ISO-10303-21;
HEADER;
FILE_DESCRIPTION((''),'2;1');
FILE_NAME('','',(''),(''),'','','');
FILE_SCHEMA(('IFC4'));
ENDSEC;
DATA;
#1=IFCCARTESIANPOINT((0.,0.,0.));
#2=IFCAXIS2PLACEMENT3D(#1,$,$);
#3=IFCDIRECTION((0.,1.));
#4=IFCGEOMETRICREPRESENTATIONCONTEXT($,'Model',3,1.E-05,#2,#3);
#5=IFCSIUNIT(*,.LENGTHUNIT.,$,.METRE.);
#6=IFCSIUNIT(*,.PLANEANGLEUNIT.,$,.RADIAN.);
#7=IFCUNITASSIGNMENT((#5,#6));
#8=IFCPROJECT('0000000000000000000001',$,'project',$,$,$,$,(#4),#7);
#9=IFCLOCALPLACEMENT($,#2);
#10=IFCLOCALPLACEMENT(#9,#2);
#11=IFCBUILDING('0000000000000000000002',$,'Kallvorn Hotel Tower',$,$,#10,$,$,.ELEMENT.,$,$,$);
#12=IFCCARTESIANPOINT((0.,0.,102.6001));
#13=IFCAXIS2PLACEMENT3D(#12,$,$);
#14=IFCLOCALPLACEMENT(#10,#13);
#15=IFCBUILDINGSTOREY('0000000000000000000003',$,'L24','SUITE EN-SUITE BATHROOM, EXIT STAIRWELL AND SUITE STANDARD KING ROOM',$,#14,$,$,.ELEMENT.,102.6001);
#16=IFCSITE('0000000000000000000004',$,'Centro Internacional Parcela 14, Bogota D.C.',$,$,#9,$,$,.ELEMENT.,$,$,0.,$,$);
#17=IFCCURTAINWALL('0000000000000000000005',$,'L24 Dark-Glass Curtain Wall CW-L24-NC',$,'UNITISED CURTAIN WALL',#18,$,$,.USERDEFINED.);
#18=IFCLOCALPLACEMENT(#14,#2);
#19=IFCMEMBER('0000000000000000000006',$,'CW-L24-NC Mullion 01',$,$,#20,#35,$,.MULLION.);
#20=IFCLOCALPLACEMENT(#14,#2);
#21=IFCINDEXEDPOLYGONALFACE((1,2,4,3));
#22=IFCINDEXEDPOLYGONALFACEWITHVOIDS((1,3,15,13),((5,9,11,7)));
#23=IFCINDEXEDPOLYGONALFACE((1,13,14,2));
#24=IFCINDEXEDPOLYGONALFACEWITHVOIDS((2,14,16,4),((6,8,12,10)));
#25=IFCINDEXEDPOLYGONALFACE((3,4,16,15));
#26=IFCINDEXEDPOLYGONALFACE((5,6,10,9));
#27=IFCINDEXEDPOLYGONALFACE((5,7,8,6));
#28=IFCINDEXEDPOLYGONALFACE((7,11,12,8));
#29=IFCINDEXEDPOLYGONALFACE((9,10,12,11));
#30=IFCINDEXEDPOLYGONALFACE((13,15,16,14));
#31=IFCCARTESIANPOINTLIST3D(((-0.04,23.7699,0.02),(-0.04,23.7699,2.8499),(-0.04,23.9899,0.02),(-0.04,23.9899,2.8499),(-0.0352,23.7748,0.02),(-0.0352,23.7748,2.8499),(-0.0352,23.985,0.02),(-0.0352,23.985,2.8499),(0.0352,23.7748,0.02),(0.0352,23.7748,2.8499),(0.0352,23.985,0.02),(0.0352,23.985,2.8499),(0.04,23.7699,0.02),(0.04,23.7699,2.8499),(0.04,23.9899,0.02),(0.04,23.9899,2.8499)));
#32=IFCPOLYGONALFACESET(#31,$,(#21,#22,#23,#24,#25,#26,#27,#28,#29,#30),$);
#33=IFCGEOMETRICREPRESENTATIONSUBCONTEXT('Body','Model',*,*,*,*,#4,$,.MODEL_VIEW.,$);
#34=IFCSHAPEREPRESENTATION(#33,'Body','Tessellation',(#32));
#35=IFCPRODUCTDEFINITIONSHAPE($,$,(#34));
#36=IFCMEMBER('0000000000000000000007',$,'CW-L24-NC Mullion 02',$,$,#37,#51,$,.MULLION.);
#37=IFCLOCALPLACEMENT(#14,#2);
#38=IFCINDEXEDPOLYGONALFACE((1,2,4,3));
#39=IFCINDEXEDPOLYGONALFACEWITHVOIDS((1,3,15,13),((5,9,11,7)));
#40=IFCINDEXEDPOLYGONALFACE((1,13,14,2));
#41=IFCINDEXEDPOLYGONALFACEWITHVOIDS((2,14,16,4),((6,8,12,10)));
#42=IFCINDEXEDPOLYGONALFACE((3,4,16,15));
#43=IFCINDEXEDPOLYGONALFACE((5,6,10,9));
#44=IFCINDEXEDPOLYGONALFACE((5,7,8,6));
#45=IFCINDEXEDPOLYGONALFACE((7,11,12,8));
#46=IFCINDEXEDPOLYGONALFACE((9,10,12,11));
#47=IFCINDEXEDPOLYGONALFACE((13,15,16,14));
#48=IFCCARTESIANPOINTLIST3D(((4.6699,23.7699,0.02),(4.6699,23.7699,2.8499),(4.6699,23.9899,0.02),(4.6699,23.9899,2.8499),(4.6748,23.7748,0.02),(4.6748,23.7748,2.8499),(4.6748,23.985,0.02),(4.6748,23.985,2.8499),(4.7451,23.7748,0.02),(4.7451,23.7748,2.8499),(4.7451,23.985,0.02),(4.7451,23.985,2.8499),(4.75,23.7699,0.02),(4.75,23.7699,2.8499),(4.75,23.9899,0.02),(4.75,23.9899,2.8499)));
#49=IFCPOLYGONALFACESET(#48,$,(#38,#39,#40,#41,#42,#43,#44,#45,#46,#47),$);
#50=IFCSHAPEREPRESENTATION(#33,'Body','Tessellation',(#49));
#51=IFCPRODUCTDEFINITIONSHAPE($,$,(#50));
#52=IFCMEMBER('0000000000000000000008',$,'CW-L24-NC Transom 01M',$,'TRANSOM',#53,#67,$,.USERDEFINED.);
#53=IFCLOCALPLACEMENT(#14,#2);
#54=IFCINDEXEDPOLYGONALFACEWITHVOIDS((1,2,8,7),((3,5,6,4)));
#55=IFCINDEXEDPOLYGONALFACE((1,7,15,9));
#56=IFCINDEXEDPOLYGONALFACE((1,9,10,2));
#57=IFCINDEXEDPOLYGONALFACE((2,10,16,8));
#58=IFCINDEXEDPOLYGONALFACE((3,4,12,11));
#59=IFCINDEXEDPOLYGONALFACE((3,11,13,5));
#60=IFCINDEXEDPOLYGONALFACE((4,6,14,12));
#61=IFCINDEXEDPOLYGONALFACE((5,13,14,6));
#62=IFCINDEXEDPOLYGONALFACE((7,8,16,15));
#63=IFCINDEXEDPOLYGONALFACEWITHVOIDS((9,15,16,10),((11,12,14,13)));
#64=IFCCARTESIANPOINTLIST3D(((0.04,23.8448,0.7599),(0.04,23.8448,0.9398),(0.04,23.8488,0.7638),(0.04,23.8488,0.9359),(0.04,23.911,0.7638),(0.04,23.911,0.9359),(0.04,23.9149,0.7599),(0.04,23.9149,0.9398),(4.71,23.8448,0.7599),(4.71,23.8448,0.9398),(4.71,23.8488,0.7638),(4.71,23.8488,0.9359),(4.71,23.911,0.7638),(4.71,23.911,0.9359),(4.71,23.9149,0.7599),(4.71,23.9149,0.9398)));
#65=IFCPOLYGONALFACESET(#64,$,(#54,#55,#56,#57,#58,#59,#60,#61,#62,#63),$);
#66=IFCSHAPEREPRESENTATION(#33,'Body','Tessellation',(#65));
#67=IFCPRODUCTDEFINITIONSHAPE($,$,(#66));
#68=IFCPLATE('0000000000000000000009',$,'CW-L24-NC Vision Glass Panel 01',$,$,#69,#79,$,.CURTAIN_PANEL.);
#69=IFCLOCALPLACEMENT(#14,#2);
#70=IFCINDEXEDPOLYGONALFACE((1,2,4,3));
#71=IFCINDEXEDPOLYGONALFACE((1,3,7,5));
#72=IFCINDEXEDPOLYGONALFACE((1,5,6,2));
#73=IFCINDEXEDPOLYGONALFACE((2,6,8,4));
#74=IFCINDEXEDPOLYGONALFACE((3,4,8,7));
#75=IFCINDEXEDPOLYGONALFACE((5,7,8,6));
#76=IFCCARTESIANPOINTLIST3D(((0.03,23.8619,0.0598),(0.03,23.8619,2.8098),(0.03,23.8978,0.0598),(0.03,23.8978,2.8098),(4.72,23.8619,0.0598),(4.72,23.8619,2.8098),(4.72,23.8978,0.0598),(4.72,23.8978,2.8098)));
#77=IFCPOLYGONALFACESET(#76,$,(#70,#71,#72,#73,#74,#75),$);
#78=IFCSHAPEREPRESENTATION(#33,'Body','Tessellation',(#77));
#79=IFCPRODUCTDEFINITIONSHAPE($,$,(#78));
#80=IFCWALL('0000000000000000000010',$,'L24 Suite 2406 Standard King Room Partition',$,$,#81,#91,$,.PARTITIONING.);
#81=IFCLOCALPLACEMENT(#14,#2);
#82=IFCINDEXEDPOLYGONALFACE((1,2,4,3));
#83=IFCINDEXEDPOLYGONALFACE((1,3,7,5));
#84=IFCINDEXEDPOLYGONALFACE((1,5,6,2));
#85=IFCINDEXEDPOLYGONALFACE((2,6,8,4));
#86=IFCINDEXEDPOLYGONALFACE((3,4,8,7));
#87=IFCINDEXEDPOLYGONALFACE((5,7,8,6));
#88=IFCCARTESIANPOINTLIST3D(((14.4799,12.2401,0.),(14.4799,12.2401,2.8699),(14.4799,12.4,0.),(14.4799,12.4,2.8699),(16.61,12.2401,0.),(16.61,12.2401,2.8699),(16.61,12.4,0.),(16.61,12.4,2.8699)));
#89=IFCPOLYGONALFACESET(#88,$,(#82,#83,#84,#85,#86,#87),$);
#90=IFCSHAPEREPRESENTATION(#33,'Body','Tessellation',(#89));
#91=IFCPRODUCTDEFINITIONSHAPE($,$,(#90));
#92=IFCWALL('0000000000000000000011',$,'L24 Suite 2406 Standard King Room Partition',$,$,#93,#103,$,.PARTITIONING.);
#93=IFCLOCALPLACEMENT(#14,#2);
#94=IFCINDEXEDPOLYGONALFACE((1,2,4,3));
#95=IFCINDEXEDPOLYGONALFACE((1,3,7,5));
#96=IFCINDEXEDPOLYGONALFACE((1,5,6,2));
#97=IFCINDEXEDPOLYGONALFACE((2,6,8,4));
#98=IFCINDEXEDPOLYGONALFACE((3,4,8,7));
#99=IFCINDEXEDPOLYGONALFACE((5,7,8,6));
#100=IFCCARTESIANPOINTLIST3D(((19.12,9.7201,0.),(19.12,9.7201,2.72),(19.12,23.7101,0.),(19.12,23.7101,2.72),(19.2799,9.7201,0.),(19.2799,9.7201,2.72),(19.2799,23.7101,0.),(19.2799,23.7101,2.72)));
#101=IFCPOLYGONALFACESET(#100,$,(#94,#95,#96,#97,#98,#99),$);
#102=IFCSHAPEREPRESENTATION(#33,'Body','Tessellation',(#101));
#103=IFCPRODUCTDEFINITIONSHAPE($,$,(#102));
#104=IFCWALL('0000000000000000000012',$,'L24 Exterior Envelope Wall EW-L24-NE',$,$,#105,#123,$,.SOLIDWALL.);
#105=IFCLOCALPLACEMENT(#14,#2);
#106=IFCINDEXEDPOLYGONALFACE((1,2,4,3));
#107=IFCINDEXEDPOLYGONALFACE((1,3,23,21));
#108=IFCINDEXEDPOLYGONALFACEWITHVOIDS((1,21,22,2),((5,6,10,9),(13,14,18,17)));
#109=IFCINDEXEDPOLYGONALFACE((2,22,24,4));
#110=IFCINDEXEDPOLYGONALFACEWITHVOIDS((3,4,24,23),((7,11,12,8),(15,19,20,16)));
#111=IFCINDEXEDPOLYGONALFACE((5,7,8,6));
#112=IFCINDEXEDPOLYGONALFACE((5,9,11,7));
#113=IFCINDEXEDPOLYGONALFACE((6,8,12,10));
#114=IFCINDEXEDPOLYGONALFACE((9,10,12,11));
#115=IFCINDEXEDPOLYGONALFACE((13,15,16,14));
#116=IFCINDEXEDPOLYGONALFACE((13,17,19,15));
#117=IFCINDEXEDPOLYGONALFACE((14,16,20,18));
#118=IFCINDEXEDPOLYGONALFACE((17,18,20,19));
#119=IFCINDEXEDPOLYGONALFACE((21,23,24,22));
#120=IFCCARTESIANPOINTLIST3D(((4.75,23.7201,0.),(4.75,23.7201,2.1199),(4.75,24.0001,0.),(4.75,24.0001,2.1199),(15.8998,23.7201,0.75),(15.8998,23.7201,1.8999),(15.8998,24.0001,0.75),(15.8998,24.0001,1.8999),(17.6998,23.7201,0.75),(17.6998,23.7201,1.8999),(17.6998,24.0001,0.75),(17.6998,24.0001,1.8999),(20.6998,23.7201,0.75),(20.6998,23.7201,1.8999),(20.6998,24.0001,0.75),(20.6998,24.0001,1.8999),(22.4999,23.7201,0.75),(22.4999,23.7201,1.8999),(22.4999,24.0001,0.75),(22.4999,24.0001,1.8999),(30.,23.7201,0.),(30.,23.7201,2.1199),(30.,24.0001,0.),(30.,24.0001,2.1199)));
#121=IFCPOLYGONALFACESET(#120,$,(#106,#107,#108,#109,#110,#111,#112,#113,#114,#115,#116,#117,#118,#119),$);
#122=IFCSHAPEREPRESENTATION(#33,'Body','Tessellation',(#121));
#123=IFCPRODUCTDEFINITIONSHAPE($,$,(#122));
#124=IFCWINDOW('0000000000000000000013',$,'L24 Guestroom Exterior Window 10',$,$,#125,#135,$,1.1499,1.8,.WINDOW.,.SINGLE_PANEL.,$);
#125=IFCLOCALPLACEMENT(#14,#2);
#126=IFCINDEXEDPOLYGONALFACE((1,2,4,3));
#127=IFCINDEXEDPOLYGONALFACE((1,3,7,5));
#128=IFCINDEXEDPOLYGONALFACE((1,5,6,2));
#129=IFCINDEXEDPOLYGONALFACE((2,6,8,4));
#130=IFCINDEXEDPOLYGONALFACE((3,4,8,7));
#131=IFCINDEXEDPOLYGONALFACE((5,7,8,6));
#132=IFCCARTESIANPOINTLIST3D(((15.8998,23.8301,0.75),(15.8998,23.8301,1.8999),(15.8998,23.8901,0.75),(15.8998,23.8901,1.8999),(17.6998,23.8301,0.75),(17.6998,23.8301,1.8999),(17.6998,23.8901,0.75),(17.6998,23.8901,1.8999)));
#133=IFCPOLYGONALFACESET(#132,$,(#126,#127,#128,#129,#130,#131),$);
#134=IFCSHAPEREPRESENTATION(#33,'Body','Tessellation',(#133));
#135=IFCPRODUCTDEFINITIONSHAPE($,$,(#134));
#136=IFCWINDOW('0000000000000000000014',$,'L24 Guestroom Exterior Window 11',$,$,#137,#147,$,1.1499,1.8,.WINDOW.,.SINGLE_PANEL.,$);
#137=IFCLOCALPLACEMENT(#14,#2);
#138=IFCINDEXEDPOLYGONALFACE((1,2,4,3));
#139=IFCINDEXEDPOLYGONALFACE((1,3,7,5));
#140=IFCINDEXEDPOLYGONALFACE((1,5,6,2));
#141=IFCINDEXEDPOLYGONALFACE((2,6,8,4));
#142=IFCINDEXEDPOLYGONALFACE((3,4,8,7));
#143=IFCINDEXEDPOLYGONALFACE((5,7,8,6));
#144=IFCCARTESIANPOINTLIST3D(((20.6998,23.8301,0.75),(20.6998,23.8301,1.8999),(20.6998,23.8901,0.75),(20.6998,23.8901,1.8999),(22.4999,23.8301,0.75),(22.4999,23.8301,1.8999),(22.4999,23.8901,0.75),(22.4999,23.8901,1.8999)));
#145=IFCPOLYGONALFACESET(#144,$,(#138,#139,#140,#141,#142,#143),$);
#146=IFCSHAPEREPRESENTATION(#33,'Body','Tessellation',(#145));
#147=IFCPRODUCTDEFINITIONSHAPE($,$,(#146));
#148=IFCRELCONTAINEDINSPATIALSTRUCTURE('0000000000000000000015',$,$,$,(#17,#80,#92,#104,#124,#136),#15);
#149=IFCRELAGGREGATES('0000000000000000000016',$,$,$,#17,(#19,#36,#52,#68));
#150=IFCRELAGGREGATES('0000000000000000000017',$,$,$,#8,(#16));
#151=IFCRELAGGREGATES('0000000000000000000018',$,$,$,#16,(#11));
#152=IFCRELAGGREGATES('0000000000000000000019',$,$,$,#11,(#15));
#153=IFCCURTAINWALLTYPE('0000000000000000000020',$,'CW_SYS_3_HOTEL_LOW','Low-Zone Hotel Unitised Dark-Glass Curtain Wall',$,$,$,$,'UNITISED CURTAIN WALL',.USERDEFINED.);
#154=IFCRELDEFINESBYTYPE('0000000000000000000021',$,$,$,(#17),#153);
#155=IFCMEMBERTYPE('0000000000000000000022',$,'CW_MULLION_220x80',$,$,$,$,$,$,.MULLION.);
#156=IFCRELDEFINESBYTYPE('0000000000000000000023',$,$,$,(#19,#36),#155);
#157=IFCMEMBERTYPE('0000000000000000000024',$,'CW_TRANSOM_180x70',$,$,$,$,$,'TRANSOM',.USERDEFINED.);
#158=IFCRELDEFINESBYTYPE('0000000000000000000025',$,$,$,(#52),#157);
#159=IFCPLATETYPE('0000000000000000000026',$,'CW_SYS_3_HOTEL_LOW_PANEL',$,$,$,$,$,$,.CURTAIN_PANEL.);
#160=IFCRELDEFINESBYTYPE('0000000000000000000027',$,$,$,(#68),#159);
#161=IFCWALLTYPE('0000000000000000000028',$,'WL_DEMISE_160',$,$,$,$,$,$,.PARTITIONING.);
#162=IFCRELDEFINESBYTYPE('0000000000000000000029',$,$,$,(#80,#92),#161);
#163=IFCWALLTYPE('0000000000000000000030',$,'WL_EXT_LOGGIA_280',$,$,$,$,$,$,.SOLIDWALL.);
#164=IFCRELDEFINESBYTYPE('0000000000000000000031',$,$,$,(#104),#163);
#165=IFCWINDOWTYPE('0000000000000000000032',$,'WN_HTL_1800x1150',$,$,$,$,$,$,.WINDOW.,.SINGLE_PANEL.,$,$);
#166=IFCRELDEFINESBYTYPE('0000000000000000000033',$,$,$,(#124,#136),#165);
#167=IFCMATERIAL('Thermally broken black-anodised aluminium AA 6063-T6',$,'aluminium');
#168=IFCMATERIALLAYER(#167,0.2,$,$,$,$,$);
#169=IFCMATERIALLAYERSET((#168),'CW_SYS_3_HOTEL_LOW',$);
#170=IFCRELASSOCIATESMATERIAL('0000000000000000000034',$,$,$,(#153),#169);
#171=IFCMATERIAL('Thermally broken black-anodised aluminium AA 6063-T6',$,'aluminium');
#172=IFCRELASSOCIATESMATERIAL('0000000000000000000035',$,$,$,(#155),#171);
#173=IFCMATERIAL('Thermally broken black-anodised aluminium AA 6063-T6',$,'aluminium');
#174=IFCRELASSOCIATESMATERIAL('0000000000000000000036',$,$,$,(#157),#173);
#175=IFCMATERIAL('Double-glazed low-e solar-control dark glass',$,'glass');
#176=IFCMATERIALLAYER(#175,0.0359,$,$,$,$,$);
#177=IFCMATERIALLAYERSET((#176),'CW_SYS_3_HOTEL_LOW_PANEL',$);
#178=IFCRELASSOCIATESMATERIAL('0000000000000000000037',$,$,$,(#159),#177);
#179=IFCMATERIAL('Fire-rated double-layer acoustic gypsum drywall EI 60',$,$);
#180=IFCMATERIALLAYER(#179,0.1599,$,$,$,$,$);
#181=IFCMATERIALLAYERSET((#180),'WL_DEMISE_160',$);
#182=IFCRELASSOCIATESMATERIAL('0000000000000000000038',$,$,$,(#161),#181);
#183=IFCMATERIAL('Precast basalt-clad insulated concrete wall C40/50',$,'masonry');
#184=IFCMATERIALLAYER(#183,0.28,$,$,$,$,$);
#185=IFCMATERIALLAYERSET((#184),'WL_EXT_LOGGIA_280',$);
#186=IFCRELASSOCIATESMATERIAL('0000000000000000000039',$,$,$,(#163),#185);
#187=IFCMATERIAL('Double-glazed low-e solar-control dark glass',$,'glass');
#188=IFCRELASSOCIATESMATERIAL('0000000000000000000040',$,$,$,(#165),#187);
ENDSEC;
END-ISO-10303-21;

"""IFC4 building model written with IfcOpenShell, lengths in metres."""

from ifc_helpers import new_model, si_unit, direction, frame, frame_2d, origin, origin_2d, place, context, subcontext, project, spatial, rectangle, hollow_rectangle, extrude, material, layer, layer_set, material_profile, profile_set, type_object, element, fill, aggregate, save


model = new_model("IFC4")

# Units and contexts
model_context = context("Model", 3, precision=1e-05, world=origin(), true_north=direction((0.0, 1.0)))
body_context = subcontext(model_context, "Body", "Model", "MODEL_VIEW")
ifc_project = project(units=[si_unit("LENGTHUNIT", "METRE"), si_unit("PLANEANGLEUNIT", "RADIAN")], contexts=[model_context])

# Site, building, storey
site_placement = place(None, origin())
site = spatial("IfcSite", under=ifc_project, at=site_placement, Name="Centro Internacional Parcela 14, Bogota D.C.", CompositionType="ELEMENT", RefElevation=0.0)
building_placement = place(site_placement, origin())
building = spatial("IfcBuilding", under=site, at=building_placement, Name="Kallvorn Hotel Tower", CompositionType="ELEMENT")
storey_placement = place(building_placement, frame((0.0, 0.0, 102.6001)))
storey = spatial("IfcBuildingStorey", under=building, at=storey_placement, Name="L24", Description="SUITE EN-SUITE BATHROOM, EXIT STAIRWELL AND SUITE STANDARD KING ROOM", CompositionType="ELEMENT", Elevation=102.6001)

# Curtain wall, members, plate
ifc_material_1 = material(Name="Thermally broken black-anodised aluminium AA 6063-T6", Category="aluminium")
ifc_layer_1 = layer(ifc_material_1, 0.2)
ifc_layer_set_1 = layer_set([ifc_layer_1], Name="CW_SYS_3_HOTEL_LOW")
curtain_wall_type = type_object("IfcCurtainWallType", Name="CW_SYS_3_HOTEL_LOW", Description="Low-Zone Hotel Unitised Dark-Glass Curtain Wall", ElementType="UNITISED CURTAIN WALL", PredefinedType="USERDEFINED", material=ifc_layer_set_1)
curtain_wall_placement = place(storey_placement, origin())
curtain_wall = element("IfcCurtainWall", 1, at=curtain_wall_placement, inside=storey, type_object=curtain_wall_type, Name="L24 Dark-Glass Curtain Wall CW-L24-NC", ObjectType="UNITISED CURTAIN WALL", PredefinedType="USERDEFINED")
ifc_material_2 = material(Name="Thermally broken black-anodised aluminium AA 6063-T6", Category="aluminium")
ifc_material_profile_1 = material_profile(ifc_material_2, hollow_rectangle(XDim=0.0801, YDim=0.22, WallThickness=0.0049, at=origin_2d()), Name="MUL 220x80")
ifc_profile_set_1 = profile_set([ifc_material_profile_1], Name="Thermally broken black-anodised aluminium AA 6063-T6")
member_type_1 = type_object("IfcMemberType", Name="CW_MULLION_220x80", PredefinedType="MULLION", material=ifc_profile_set_1)
member_1_placement = place(storey_placement, frame((0.0, 23.8799, 0.02), z_axis=(0.0, 0.0, 1.0), x_axis=(1.0, 0.0, 0.0)))
member_1 = element("IfcMember", 2, at=member_1_placement, type_object=member_type_1, Name="CW-L24-NC Mullion 01", PredefinedType="MULLION", context=body_context, shape_type="SweptSolid", body=[
    extrude(hollow_rectangle(XDim=0.0801, YDim=0.22, WallThickness=0.0049, at=origin_2d()), origin(), (0.0, 0.0, 1.0), 2.8298),
])
member_2_placement = place(storey_placement, frame((4.71, 23.8799, 0.02), z_axis=(0.0, 0.0, 1.0), x_axis=(1.0, 0.0, 0.0)))
member_2 = element("IfcMember", 3, at=member_2_placement, type_object=member_type_1, Name="CW-L24-NC Mullion 02", PredefinedType="MULLION", context=body_context, shape_type="SweptSolid", body=[
    extrude(hollow_rectangle(XDim=0.0801, YDim=0.22, WallThickness=0.0049, at=origin_2d()), origin(), (0.0, 0.0, 1.0), 2.8298),
])
ifc_material_3 = material(Name="Thermally broken black-anodised aluminium AA 6063-T6", Category="aluminium")
ifc_material_profile_2 = material_profile(ifc_material_3, hollow_rectangle(XDim=0.0701, YDim=0.1799, WallThickness=0.0039, at=origin_2d()), Name="TRN 180x70")
ifc_profile_set_2 = profile_set([ifc_material_profile_2], Name="Thermally broken black-anodised aluminium AA 6063-T6")
member_type_2 = type_object("IfcMemberType", Name="CW_TRANSOM_180x70", ElementType="TRANSOM", PredefinedType="USERDEFINED", material=ifc_profile_set_2)
member_3_placement = place(storey_placement, frame((0.04, 23.8799, 0.8499), z_axis=(1.0, 0.0, 0.0), x_axis=(0.0, 1.0, 0.0)))
member_3 = element("IfcMember", 4, at=member_3_placement, type_object=member_type_2, Name="CW-L24-NC Transom 01M", ObjectType="TRANSOM", PredefinedType="USERDEFINED", context=body_context, shape_type="SweptSolid", body=[
    extrude(hollow_rectangle(XDim=0.0701, YDim=0.1799, WallThickness=0.0039, at=origin_2d()), origin(), (0.0, 0.0, 1.0), 4.6699),
])
ifc_material_4 = material(Name="Double-glazed low-e solar-control dark glass", Category="glass")
ifc_layer_2 = layer(ifc_material_4, 0.0359)
ifc_layer_set_2 = layer_set([ifc_layer_2], Name="CW_SYS_3_HOTEL_LOW_PANEL")
plate_type = type_object("IfcPlateType", Name="CW_SYS_3_HOTEL_LOW_PANEL", PredefinedType="CURTAIN_PANEL", material=ifc_layer_set_2)
plate_placement = place(storey_placement, frame((2.375, 23.8799, 0.0598), z_axis=(0.0, 0.0, 1.0), x_axis=(1.0, 0.0, 0.0)))
plate = element("IfcPlate", 5, at=plate_placement, type_object=plate_type, Name="CW-L24-NC Vision Glass Panel 01", PredefinedType="CURTAIN_PANEL", context=body_context, shape_type="SweptSolid", body=[
    extrude(rectangle(XDim=4.6899, YDim=0.0359, at=origin_2d()), origin(), (0.0, 0.0, 1.0), 2.75),
])
aggregate(curtain_wall, [member_1, member_2, member_3, plate])

# Walls
ifc_material_5 = material(Name="Fire-rated double-layer acoustic gypsum drywall EI 60")
ifc_layer_3 = layer(ifc_material_5, 0.1599)
ifc_layer_set_3 = layer_set([ifc_layer_3], Name="WL_DEMISE_160")
wall_type_1 = type_object("IfcWallType", Name="WL_DEMISE_160", PredefinedType="PARTITIONING", material=ifc_layer_set_3)
wall_1_placement = place(storey_placement, frame((14.48, 12.3201, 0.0), z_axis=(0.0, 0.0, 1.0), x_axis=(1.0, 0.0, 0.0)))
element("IfcWall", 6, at=wall_1_placement, inside=storey, type_object=wall_type_1, Name="L24 Suite 2406 Standard King Room Partition", PredefinedType="PARTITIONING", context=body_context, shape_type="SweptSolid", body=[
    extrude(rectangle(XDim=2.1301, YDim=0.1599, at=frame_2d((1.0649, 0.0))), origin(), (0.0, 0.0, 1.0), 2.8699),
])
wall_2_placement = place(storey_placement, frame((19.2, 9.72, 0.0), z_axis=(0.0, 0.0, 1.0), x_axis=(0.0, 1.0, 0.0)))
element("IfcWall", 7, at=wall_2_placement, inside=storey, type_object=wall_type_1, Name="L24 Suite 2406 Standard King Room Partition", PredefinedType="PARTITIONING", context=body_context, shape_type="SweptSolid", body=[
    extrude(rectangle(XDim=13.99, YDim=0.1599, at=frame_2d((6.9951, 0.0))), origin(), (0.0, 0.0, 1.0), 2.72),
])

# Wall, openings, windows
ifc_material_6 = material(Name="Precast basalt-clad insulated concrete wall C40/50", Category="masonry")
ifc_layer_4 = layer(ifc_material_6, 0.28)
ifc_layer_set_4 = layer_set([ifc_layer_4], Name="WL_EXT_LOGGIA_280")
wall_type_2 = type_object("IfcWallType", Name="WL_EXT_LOGGIA_280", PredefinedType="SOLIDWALL", material=ifc_layer_set_4)
wall_3_placement = place(storey_placement, frame((4.75, 23.8601, 0.0), z_axis=(0.0, 0.0, 1.0), x_axis=(1.0, 0.0, 0.0)))
wall_3 = element("IfcWall", 8, at=wall_3_placement, inside=storey, type_object=wall_type_2, Name="L24 Exterior Envelope Wall EW-L24-NE", PredefinedType="SOLIDWALL", context=body_context, shape_type="SweptSolid", body=[
    extrude(rectangle(XDim=25.25, YDim=0.28, at=frame_2d((12.625, 0.0))), origin(), (0.0, 0.0, 1.0), 2.1199),
])
opening_1_placement = place(wall_3_placement, frame((11.1499, 0.0, 0.75)))
opening_1 = element("IfcOpeningElement", 9, at=opening_1_placement, cuts=wall_3, PredefinedType="OPENING", context=body_context, shape_type="SweptSolid", body=[
    extrude(rectangle(XDim=1.8, YDim=1.1499, at=frame_2d((0.8999, 0.575))), frame((0.0, 0.155, 0.0), z_axis=(0.0, -1.0, 0.0), x_axis=(1.0, 0.0, 0.0)), (0.0, 0.0, 1.0), 0.3101),
])
opening_2_placement = place(wall_3_placement, frame((15.95, 0.0, 0.75)))
opening_2 = element("IfcOpeningElement", 10, at=opening_2_placement, cuts=wall_3, PredefinedType="OPENING", context=body_context, shape_type="SweptSolid", body=[
    extrude(rectangle(XDim=1.8, YDim=1.1499, at=frame_2d((0.8999, 0.575))), frame((0.0, 0.155, 0.0), z_axis=(0.0, -1.0, 0.0), x_axis=(1.0, 0.0, 0.0)), (0.0, 0.0, 1.0), 0.3101),
])
ifc_material_7 = material(Name="Double-glazed low-e solar-control dark glass", Category="glass")
window_type = type_object("IfcWindowType", Name="WN_HTL_1800x1150", PartitioningType="SINGLE_PANEL", PredefinedType="WINDOW", material=ifc_material_7)
window_1_placement = place(opening_1_placement, origin())
window_1 = element("IfcWindow", 11, at=window_1_placement, inside=storey, type_object=window_type, Name="L24 Guestroom Exterior Window 10", OverallHeight=1.1499, OverallWidth=1.8, PartitioningType="SINGLE_PANEL", PredefinedType="WINDOW", context=body_context, shape_type="SweptSolid", body=[
    extrude(rectangle(XDim=1.8, YDim=1.1499, at=frame_2d((0.8999, 0.575))), frame((0.0, 0.03, 0.0), z_axis=(0.0, -1.0, 0.0), x_axis=(1.0, 0.0, 0.0)), (0.0, 0.0, 1.0), 0.0601),
])
fill(opening_1, window_1)
window_2_placement = place(opening_2_placement, origin())
window_2 = element("IfcWindow", 12, at=window_2_placement, inside=storey, type_object=window_type, Name="L24 Guestroom Exterior Window 11", OverallHeight=1.1499, OverallWidth=1.8, PartitioningType="SINGLE_PANEL", PredefinedType="WINDOW", context=body_context, shape_type="SweptSolid", body=[
    extrude(rectangle(XDim=1.8, YDim=1.1499, at=frame_2d((0.8999, 0.575))), frame((0.0, 0.03, 0.0), z_axis=(0.0, -1.0, 0.0), x_axis=(1.0, 0.0, 0.0)), (0.0, 0.0, 1.0), 0.0601),
])
fill(opening_2, window_2)

save(model, "model.ifc")
